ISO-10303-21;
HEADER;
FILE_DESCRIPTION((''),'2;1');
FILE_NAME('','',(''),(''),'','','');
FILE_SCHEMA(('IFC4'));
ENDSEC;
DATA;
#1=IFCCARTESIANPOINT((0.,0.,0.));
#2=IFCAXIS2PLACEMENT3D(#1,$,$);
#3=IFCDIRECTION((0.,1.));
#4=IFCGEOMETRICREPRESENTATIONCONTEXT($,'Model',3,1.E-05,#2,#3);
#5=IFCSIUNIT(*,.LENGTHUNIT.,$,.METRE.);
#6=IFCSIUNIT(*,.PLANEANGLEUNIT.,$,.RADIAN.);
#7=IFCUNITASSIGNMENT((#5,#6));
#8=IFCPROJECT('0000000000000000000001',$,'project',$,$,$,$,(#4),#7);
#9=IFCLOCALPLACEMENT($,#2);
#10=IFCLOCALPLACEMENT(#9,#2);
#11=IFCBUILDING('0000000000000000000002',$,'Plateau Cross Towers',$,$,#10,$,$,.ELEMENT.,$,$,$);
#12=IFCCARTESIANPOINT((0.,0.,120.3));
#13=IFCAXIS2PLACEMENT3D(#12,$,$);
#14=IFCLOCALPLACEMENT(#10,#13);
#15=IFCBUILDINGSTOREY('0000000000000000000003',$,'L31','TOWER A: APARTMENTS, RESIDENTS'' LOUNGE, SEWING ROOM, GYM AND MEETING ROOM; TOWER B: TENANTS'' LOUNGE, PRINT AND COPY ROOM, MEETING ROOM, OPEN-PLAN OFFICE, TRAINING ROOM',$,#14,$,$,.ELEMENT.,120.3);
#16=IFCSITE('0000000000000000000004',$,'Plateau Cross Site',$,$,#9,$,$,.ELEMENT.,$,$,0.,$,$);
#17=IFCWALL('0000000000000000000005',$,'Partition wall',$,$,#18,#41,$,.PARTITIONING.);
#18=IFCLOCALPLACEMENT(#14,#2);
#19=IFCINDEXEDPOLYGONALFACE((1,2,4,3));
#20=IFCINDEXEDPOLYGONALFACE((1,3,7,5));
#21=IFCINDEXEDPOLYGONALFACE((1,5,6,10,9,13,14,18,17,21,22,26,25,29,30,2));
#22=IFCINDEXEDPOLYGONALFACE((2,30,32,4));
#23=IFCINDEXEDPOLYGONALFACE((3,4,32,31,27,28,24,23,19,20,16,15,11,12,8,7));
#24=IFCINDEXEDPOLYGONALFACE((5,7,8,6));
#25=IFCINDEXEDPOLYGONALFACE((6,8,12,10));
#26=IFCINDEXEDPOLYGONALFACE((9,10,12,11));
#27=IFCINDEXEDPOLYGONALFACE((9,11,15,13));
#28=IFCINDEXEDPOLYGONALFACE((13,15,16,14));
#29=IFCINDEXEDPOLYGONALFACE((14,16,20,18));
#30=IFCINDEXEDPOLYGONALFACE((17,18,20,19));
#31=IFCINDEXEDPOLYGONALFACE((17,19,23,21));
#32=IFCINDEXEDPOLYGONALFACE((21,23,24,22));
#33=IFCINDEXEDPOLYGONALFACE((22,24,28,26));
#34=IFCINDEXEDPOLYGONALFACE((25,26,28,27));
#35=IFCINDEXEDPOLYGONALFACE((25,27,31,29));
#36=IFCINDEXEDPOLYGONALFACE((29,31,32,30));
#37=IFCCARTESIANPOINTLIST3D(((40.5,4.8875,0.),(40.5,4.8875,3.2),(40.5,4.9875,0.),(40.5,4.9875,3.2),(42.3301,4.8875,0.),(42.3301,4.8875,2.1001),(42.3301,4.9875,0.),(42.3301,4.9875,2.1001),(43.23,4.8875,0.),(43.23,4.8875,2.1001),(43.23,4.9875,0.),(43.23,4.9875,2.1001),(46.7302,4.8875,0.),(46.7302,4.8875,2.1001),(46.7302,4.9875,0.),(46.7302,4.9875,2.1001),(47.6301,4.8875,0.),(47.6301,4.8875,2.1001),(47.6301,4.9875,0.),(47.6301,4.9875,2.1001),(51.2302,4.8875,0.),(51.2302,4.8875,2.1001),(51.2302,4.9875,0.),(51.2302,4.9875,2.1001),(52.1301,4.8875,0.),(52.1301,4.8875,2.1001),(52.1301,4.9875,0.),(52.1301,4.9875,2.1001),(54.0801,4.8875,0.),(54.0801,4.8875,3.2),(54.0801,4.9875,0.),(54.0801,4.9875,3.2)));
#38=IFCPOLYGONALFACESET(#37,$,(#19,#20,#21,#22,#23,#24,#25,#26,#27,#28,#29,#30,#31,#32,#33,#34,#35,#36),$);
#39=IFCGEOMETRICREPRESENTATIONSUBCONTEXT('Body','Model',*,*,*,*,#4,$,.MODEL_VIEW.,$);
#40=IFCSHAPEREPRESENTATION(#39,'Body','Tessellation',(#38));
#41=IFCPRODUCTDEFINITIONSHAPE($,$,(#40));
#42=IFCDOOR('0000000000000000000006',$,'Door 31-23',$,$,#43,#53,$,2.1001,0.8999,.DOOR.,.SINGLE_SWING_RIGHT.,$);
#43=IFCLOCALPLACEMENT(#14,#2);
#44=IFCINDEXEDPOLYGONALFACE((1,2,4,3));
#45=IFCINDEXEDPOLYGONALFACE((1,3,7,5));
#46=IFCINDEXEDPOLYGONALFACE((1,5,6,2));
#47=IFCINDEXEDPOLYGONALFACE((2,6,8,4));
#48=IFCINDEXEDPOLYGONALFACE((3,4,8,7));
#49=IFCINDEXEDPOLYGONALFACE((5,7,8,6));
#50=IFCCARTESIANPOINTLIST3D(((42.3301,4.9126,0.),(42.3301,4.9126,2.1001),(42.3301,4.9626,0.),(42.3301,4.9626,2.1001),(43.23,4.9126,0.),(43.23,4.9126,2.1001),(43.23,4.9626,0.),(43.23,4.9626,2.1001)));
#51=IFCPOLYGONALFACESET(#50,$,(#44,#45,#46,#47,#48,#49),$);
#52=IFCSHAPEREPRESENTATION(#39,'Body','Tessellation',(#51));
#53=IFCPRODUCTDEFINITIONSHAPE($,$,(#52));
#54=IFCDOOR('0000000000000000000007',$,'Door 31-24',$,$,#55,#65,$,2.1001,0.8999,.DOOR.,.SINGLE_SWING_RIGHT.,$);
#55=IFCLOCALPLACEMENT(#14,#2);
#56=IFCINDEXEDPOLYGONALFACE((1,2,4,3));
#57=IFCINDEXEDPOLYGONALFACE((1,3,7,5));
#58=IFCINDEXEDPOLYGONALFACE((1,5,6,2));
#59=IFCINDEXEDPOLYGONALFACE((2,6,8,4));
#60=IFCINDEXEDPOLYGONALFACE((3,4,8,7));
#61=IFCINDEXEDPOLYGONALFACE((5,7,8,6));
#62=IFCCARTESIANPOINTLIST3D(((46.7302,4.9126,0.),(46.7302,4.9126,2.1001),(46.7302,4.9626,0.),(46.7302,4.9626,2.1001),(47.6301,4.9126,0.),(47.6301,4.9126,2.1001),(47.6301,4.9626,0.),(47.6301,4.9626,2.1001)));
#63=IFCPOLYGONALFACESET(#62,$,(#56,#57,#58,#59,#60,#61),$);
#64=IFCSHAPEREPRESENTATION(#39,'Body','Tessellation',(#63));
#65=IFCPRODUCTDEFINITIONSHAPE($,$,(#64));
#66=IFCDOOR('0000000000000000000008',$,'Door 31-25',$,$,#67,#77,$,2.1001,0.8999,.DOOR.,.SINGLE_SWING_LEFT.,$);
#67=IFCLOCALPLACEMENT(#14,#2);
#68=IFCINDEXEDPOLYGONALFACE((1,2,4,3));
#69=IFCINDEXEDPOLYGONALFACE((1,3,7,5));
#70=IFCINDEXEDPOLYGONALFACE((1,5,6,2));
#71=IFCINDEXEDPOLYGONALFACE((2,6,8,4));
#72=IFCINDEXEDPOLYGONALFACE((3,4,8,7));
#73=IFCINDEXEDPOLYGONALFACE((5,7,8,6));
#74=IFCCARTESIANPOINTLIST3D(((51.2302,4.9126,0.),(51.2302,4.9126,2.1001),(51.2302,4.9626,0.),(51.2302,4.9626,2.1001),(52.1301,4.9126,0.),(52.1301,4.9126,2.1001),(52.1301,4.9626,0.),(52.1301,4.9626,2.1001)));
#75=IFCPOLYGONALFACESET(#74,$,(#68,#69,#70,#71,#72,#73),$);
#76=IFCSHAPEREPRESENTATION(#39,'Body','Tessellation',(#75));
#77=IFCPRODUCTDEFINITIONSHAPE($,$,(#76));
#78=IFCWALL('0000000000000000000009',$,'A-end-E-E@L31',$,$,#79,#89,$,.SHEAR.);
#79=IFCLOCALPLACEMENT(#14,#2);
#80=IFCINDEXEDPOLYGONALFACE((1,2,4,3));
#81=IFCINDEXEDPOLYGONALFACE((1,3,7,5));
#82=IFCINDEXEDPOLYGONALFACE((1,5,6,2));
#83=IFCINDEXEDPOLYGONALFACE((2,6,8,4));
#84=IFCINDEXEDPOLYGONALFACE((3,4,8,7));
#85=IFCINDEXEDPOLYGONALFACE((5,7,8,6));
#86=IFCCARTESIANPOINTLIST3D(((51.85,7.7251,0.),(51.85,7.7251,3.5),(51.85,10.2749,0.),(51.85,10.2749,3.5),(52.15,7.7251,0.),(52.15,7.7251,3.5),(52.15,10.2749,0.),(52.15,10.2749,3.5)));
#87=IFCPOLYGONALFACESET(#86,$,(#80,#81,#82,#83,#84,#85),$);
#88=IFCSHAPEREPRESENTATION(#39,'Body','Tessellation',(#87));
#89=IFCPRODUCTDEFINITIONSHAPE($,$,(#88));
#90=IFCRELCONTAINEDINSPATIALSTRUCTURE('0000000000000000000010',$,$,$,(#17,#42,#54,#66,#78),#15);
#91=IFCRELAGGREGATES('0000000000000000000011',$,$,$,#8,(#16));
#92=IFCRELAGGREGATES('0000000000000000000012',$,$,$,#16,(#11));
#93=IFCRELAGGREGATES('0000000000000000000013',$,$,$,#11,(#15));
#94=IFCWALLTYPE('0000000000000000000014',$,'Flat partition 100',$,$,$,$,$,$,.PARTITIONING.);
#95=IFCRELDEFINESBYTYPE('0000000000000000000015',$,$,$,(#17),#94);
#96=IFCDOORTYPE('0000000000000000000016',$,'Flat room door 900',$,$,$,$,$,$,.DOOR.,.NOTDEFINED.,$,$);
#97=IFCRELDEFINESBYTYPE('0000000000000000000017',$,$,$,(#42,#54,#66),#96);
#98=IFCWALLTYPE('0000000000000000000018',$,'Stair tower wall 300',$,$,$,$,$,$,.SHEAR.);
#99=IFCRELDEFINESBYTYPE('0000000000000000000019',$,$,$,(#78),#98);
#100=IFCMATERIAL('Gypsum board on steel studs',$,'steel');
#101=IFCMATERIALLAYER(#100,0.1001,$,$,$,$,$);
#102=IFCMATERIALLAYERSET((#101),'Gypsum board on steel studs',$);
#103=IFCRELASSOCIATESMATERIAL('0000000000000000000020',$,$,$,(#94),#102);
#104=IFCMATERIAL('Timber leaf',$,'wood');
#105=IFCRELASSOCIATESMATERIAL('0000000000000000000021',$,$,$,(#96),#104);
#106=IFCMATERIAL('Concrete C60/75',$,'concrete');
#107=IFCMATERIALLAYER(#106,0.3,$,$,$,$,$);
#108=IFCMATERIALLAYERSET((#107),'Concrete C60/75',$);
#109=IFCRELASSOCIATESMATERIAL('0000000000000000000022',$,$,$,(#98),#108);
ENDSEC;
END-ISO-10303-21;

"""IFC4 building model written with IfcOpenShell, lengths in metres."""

from ifc_helpers import new_model, si_unit, direction, frame, frame_2d, origin, place, context, subcontext, project, spatial, rectangle, extrude, material, layer, layer_set, type_object, element, fill, save


model = new_model("IFC4")

# Units and contexts
model_context = context("Model", 3, precision=1e-05, world=origin(), true_north=direction((0.0, 1.0)))
body_context = subcontext(model_context, "Body", "Model", "MODEL_VIEW")
ifc_project = project(units=[si_unit("LENGTHUNIT", "METRE"), si_unit("PLANEANGLEUNIT", "RADIAN")], contexts=[model_context])

# Site, building, storey
site_placement = place(None, origin())
site = spatial("IfcSite", under=ifc_project, at=site_placement, Name="Plateau Cross Site", CompositionType="ELEMENT", RefElevation=0.0)
building_placement = place(site_placement, origin())
building = spatial("IfcBuilding", under=site, at=building_placement, Name="Plateau Cross Towers", CompositionType="ELEMENT")
storey_placement = place(building_placement, frame((0.0, 0.0, 120.3)))
storey = spatial("IfcBuildingStorey", under=building, at=storey_placement, Name="L31", Description="TOWER A: APARTMENTS, RESIDENTS' LOUNGE, SEWING ROOM, GYM AND MEETING ROOM; TOWER B: TENANTS' LOUNGE, PRINT AND COPY ROOM, MEETING ROOM, OPEN-PLAN OFFICE, TRAINING ROOM", CompositionType="ELEMENT", Elevation=120.3)

# Shared definitions
ifc_material_1 = material(Name="Concrete C60/75", Category="concrete")

# Wall, openings, doors
ifc_material_2 = material(Name="Gypsum board on steel studs", Category="steel")
ifc_layer_1 = layer(ifc_material_2, 0.1001)
ifc_layer_set_1 = layer_set([ifc_layer_1], Name="Gypsum board on steel studs")
wall_type_1 = type_object("IfcWallType", Name="Flat partition 100", PredefinedType="PARTITIONING", material=ifc_layer_set_1)
wall_1_placement = place(storey_placement, frame((54.0801, 4.9375, 0.0), z_axis=(0.0, 0.0, 1.0), x_axis=(-1.0, 0.0, 0.0)))
wall_1 = element("IfcWall", 1, at=wall_1_placement, inside=storey, type_object=wall_type_1, Name="Partition wall", PredefinedType="PARTITIONING", context=body_context, shape_type="SweptSolid", body=[
    extrude(rectangle(XDim=13.5801, YDim=0.1001, at=frame_2d((6.79, 0.0))), origin(), (0.0, 0.0, 1.0), 3.2),
])
opening_1_placement = place(wall_1_placement, frame((10.8501, 0.0, 0.0)))
opening_1 = element("IfcOpeningElement", 2, at=opening_1_placement, cuts=wall_1, PredefinedType="OPENING", context=body_context, shape_type="SweptSolid", body=[
    extrude(rectangle(XDim=0.8999, YDim=2.1001, at=frame_2d((0.45, 1.05))), frame((0.0, 0.0601, 0.0), z_axis=(0.0, -1.0, 0.0), x_axis=(1.0, 0.0, 0.0)), (0.0, 0.0, 1.0), 0.1201),
])
opening_2_placement = place(wall_1_placement, frame((6.45, 0.0, 0.0)))
opening_2 = element("IfcOpeningElement", 3, at=opening_2_placement, cuts=wall_1, PredefinedType="OPENING", context=body_context, shape_type="SweptSolid", body=[
    extrude(rectangle(XDim=0.8999, YDim=2.1001, at=frame_2d((0.45, 1.05))), frame((0.0, 0.0601, 0.0), z_axis=(0.0, -1.0, 0.0), x_axis=(1.0, 0.0, 0.0)), (0.0, 0.0, 1.0), 0.1201),
])
opening_3_placement = place(wall_1_placement, frame((1.95, 0.0, 0.0)))
opening_3 = element("IfcOpeningElement", 4, at=opening_3_placement, cuts=wall_1, PredefinedType="OPENING", context=body_context, shape_type="SweptSolid", body=[
    extrude(rectangle(XDim=0.8999, YDim=2.1001, at=frame_2d((0.45, 1.05))), frame((0.0, 0.0601, 0.0), z_axis=(0.0, -1.0, 0.0), x_axis=(1.0, 0.0, 0.0)), (0.0, 0.0, 1.0), 0.1201),
])
ifc_material_3 = material(Name="Timber leaf", Category="wood")
door_type = type_object("IfcDoorType", Name="Flat room door 900", OperationType="NOTDEFINED", PredefinedType="DOOR", material=ifc_material_3)
door_1_placement = place(opening_1_placement, origin())
door_1 = element("IfcDoor", 5, at=door_1_placement, inside=storey, type_object=door_type, Name="Door 31-23", OperationType="SINGLE_SWING_RIGHT", OverallHeight=2.1001, OverallWidth=0.8999, PredefinedType="DOOR", context=body_context, shape_type="SweptSolid", body=[
    extrude(rectangle(XDim=0.8999, YDim=2.1001, at=frame_2d((0.45, 1.05))), frame((0.0, 0.0249, 0.0), z_axis=(0.0, -1.0, 0.0), x_axis=(1.0, 0.0, 0.0)), (0.0, 0.0, 1.0), 0.05),
])
fill(opening_1, door_1)
door_2_placement = place(opening_2_placement, origin())
door_2 = element("IfcDoor", 6, at=door_2_placement, inside=storey, type_object=door_type, Name="Door 31-24", OperationType="SINGLE_SWING_RIGHT", OverallHeight=2.1001, OverallWidth=0.8999, PredefinedType="DOOR", context=body_context, shape_type="SweptSolid", body=[
    extrude(rectangle(XDim=0.8999, YDim=2.1001, at=frame_2d((0.45, 1.05))), frame((0.0, 0.0249, 0.0), z_axis=(0.0, -1.0, 0.0), x_axis=(1.0, 0.0, 0.0)), (0.0, 0.0, 1.0), 0.05),
])
fill(opening_2, door_2)
door_3_placement = place(opening_3_placement, origin())
door_3 = element("IfcDoor", 7, at=door_3_placement, inside=storey, type_object=door_type, Name="Door 31-25", OperationType="SINGLE_SWING_LEFT", OverallHeight=2.1001, OverallWidth=0.8999, PredefinedType="DOOR", context=body_context, shape_type="SweptSolid", body=[
    extrude(rectangle(XDim=0.8999, YDim=2.1001, at=frame_2d((0.45, 1.05))), frame((0.0, 0.0249, 0.0), z_axis=(0.0, -1.0, 0.0), x_axis=(1.0, 0.0, 0.0)), (0.0, 0.0, 1.0), 0.05),
])
fill(opening_3, door_3)

# Wall
ifc_layer_2 = layer(ifc_material_1, 0.3)
ifc_layer_set_2 = layer_set([ifc_layer_2], Name="Concrete C60/75")
wall_type_2 = type_object("IfcWallType", Name="Stair tower wall 300", PredefinedType="SHEAR", material=ifc_layer_set_2)
wall_2_placement = place(storey_placement, frame((52.0, 7.7251, 0.0), z_axis=(0.0, 0.0, 1.0), x_axis=(0.0, 1.0, 0.0)))
element("IfcWall", 8, at=wall_2_placement, inside=storey, type_object=wall_type_2, Name="A-end-E-E@L31", PredefinedType="SHEAR", context=body_context, shape_type="SweptSolid", body=[
    extrude(rectangle(XDim=2.5498, YDim=0.3, at=frame_2d((1.2749, 0.0))), origin(), (0.0, 0.0, 1.0), 3.5),
])

save(model, "model.ifc")
